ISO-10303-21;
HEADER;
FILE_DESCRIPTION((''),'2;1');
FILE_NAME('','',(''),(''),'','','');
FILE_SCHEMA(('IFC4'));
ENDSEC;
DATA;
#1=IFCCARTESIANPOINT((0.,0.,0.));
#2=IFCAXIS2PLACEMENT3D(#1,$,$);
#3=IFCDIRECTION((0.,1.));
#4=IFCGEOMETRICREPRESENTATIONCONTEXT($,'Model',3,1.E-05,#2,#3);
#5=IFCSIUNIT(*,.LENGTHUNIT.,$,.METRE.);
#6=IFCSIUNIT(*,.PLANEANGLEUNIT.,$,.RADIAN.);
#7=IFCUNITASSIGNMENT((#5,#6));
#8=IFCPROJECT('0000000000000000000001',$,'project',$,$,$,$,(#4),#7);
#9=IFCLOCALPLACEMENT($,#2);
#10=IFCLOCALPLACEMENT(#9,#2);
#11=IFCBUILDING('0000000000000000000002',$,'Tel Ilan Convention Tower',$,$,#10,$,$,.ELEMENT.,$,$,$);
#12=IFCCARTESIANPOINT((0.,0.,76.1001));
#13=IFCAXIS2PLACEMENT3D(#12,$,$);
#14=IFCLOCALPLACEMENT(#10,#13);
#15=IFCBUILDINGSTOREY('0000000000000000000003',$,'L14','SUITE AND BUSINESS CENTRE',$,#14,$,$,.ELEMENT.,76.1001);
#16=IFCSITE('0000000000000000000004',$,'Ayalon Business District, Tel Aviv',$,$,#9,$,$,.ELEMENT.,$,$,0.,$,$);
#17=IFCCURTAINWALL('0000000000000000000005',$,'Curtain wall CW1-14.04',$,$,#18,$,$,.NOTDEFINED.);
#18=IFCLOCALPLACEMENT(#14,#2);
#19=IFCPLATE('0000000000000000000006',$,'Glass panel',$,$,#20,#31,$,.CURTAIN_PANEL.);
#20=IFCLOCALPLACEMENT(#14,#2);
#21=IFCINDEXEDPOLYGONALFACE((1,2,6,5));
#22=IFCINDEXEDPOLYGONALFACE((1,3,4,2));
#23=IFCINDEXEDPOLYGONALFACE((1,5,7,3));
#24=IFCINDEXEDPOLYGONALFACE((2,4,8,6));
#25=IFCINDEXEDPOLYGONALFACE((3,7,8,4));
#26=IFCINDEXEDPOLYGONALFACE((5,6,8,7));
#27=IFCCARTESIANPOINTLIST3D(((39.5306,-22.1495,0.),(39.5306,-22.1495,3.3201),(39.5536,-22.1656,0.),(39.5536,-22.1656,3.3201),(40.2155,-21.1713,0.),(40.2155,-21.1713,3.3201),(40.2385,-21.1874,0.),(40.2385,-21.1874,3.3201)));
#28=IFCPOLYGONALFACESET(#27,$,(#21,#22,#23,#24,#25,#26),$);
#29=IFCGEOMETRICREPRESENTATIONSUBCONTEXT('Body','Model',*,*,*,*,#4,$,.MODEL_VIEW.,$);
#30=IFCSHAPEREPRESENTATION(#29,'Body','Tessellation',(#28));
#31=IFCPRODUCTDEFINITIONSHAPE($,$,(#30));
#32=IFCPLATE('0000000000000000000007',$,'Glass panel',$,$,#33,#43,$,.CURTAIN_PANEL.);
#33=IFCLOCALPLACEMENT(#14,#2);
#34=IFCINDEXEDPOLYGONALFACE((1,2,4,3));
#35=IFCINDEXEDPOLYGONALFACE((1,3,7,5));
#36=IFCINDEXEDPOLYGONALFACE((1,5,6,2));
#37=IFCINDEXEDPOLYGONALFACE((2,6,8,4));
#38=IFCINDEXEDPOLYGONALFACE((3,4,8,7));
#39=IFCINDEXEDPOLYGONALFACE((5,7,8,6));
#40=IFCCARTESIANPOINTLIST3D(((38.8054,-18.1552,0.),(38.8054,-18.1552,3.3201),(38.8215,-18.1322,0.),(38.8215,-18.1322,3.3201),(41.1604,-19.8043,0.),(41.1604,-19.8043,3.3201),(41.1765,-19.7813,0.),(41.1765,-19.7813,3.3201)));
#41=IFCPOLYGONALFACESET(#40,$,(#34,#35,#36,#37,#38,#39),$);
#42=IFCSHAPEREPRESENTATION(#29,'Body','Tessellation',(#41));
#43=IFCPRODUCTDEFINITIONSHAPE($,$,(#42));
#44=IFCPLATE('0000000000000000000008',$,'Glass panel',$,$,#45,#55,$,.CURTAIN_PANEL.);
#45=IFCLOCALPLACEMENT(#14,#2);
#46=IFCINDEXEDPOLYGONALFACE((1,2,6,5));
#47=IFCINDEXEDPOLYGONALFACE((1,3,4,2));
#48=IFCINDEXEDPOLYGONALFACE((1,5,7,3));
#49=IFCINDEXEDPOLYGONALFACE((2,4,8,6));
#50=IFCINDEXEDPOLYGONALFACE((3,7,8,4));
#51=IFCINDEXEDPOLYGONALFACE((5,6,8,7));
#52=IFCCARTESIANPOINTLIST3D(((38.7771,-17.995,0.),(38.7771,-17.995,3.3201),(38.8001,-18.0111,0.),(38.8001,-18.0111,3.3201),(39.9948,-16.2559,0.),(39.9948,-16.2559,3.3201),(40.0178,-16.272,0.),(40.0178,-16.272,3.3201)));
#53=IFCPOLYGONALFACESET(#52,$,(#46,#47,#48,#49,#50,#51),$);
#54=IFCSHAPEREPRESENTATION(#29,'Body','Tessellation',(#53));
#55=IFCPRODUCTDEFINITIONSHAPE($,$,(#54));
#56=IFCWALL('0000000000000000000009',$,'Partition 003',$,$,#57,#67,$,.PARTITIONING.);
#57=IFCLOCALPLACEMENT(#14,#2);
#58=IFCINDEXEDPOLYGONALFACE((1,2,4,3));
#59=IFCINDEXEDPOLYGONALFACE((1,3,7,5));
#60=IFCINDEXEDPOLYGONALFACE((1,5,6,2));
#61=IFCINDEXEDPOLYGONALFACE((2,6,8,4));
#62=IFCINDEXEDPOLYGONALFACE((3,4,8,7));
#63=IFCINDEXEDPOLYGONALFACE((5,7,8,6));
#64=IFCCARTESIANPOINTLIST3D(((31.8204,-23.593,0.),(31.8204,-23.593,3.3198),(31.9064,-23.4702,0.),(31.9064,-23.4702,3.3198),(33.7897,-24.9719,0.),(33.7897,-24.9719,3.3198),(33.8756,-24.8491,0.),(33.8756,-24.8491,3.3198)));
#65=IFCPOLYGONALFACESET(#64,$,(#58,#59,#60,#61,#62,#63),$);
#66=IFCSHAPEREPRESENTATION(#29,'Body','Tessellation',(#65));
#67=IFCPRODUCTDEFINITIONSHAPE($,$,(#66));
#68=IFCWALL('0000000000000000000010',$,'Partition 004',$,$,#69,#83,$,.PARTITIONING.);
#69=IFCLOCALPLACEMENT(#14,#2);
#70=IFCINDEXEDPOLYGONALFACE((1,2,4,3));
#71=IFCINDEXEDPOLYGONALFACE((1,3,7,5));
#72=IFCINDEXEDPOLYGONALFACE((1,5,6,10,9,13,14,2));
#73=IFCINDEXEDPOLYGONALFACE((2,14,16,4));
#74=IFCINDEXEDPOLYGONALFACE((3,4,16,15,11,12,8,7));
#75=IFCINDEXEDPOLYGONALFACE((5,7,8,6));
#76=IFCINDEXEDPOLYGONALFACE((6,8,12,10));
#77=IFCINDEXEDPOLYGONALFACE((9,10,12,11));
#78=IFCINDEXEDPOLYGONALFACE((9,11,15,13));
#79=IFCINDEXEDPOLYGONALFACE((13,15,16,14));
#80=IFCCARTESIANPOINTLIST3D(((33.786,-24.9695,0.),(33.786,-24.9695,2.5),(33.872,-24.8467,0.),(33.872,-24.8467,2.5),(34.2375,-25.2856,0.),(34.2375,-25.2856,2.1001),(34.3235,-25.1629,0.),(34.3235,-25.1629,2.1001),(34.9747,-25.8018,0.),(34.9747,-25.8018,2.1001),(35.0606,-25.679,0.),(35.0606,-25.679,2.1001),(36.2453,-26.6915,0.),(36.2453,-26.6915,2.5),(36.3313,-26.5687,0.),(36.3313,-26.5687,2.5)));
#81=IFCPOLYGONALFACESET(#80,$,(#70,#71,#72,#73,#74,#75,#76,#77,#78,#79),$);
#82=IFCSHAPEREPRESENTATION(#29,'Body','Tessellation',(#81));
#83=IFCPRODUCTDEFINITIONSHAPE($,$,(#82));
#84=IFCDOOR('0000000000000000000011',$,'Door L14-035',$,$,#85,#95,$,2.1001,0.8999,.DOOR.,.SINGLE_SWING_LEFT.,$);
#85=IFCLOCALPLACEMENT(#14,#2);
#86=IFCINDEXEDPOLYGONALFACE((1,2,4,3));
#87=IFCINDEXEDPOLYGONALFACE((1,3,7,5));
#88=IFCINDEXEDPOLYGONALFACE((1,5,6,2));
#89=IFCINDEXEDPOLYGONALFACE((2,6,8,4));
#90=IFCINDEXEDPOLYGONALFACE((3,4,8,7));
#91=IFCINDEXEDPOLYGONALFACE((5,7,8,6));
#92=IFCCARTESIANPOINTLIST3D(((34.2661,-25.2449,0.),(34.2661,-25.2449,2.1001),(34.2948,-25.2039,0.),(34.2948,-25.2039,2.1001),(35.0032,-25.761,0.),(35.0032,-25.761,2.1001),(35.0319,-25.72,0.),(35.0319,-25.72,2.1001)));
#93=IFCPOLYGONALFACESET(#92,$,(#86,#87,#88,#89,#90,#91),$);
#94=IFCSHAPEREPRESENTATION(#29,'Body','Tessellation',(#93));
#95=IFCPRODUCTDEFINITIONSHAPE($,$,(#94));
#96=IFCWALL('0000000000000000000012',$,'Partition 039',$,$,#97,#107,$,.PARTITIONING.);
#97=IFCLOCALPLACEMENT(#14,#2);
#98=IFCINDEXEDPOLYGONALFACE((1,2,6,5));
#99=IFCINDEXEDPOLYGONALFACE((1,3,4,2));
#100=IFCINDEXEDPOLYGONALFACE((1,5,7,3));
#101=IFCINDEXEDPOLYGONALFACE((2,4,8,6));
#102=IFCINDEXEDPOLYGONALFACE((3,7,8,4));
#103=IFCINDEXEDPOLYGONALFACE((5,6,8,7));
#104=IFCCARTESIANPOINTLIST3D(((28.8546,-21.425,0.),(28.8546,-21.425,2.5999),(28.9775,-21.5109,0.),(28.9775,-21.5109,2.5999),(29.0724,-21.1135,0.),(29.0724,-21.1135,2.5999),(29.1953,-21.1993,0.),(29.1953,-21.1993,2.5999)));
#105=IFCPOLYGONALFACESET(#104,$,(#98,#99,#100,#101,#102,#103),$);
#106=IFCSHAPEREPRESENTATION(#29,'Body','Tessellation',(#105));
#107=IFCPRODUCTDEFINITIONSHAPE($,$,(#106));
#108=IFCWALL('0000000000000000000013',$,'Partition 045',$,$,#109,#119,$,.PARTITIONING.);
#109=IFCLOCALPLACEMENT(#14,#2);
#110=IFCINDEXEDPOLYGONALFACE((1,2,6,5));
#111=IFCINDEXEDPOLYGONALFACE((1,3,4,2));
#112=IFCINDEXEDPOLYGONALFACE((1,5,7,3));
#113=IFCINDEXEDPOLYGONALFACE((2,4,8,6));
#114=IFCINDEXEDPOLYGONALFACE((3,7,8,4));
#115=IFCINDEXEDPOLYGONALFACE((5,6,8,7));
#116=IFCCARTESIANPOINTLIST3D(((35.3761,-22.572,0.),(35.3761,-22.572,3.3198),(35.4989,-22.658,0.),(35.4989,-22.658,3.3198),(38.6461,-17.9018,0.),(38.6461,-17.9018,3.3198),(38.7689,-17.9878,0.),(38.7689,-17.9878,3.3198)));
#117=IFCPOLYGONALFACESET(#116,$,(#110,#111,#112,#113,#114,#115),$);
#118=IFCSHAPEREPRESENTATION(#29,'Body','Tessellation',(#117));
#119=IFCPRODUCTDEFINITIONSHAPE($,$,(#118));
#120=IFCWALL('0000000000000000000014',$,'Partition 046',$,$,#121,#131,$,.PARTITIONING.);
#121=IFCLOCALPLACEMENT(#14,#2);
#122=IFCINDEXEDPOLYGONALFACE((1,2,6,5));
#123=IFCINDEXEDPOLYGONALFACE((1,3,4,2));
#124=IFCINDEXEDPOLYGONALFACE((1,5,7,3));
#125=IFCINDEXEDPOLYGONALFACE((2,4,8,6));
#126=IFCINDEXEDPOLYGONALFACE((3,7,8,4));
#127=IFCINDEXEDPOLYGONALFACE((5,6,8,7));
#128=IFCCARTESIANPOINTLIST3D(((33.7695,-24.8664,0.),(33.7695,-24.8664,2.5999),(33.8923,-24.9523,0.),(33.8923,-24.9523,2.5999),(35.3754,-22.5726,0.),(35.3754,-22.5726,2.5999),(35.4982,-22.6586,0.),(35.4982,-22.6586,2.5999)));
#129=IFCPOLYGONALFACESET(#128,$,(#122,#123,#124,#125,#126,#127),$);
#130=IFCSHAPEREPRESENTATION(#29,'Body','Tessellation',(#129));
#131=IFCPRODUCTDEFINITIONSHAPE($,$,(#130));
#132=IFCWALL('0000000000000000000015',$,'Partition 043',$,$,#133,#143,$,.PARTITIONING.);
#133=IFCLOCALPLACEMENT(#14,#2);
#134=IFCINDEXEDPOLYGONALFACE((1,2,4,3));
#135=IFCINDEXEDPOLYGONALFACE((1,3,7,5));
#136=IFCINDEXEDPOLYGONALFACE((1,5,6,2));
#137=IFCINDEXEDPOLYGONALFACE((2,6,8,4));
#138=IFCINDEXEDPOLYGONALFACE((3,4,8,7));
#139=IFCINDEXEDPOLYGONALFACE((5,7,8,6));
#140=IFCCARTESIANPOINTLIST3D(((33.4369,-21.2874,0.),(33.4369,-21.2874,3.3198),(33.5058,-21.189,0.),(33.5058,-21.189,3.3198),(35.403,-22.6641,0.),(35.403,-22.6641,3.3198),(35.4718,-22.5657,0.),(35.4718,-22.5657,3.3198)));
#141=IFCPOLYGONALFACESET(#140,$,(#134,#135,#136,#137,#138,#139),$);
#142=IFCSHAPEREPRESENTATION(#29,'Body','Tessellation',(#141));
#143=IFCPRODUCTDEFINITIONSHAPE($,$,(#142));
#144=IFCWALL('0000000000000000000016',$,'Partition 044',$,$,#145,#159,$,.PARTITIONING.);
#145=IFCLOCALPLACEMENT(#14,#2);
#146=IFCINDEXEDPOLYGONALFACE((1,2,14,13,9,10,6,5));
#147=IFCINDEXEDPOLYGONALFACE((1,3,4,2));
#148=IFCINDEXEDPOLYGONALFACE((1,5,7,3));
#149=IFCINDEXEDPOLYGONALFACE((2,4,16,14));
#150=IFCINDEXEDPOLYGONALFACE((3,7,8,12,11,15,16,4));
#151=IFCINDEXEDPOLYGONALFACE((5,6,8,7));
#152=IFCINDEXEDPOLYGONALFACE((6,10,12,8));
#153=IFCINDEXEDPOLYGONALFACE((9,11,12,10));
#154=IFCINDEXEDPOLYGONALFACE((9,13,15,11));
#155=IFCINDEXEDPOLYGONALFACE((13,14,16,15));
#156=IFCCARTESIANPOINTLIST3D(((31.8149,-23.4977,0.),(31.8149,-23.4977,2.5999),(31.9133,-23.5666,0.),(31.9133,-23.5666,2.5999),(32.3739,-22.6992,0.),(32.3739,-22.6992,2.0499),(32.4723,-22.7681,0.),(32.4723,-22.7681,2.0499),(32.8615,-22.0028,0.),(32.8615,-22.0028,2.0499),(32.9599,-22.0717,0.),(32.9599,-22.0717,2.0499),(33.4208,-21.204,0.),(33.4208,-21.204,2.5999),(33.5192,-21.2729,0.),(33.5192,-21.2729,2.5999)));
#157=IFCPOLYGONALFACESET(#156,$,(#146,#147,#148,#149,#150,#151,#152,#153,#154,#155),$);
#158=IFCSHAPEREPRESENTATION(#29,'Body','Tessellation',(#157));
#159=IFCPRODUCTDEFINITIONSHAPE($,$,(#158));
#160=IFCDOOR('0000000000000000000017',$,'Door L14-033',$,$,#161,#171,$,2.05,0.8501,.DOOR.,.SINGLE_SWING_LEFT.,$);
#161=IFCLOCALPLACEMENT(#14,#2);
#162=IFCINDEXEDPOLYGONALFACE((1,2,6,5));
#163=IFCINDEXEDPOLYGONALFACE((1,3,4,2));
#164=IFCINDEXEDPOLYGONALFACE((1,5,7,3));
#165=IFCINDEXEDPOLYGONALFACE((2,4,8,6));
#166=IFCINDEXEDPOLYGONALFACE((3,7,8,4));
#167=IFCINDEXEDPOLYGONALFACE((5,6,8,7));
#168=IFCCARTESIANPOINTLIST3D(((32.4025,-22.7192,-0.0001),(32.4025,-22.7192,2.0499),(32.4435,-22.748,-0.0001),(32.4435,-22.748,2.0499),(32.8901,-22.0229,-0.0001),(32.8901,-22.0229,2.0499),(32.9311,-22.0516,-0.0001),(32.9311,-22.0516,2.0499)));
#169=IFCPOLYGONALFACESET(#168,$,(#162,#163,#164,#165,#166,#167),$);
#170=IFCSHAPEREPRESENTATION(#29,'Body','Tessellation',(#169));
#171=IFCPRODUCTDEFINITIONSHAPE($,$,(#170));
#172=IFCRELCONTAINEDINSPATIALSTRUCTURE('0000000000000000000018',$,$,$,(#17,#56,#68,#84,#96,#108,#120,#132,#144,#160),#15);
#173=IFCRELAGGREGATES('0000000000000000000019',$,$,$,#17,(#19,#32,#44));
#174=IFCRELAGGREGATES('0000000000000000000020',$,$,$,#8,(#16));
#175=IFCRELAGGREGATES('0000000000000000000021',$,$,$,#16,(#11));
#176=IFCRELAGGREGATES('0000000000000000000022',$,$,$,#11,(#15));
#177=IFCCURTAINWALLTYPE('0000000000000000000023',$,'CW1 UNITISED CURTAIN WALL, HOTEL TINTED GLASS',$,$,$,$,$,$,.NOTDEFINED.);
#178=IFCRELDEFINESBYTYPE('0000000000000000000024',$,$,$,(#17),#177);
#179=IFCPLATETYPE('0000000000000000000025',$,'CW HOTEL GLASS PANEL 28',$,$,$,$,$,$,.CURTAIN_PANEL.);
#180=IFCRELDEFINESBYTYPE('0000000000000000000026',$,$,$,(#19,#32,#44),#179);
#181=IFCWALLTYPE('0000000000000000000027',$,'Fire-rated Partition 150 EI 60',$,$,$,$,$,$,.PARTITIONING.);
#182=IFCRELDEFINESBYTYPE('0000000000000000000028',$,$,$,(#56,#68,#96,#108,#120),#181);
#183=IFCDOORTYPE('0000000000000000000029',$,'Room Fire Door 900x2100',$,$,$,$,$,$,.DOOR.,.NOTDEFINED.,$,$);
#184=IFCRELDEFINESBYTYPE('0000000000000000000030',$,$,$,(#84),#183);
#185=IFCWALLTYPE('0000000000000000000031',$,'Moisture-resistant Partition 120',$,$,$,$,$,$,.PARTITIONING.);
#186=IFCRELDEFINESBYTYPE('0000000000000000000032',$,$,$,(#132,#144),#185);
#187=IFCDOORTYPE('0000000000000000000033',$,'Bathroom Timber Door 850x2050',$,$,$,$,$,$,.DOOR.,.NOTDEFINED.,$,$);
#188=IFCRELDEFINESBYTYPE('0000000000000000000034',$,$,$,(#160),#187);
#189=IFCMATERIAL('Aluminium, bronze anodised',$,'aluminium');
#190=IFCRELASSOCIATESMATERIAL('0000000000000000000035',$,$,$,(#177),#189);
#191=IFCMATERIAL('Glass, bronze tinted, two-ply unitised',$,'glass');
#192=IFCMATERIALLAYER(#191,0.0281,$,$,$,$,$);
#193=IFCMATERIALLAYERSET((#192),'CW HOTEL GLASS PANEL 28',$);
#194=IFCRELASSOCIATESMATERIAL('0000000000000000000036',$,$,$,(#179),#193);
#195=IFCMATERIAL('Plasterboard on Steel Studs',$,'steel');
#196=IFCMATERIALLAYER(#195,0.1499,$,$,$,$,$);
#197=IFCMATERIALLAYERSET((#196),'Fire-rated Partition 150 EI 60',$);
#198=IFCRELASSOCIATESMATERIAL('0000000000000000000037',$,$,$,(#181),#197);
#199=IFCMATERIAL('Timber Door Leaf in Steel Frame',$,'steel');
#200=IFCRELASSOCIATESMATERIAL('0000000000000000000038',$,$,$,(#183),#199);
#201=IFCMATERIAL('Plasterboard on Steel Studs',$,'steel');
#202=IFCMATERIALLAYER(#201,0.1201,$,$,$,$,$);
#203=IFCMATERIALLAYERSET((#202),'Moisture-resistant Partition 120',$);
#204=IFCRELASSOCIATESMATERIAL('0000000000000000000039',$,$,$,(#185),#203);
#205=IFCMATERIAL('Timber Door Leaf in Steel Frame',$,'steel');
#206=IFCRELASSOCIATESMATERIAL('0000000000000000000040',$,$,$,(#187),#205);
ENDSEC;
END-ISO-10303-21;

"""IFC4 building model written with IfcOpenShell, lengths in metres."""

from ifc_helpers import new_model, si_unit, direction, frame, frame_2d, origin, origin_2d, place, context, subcontext, project, spatial, rectangle, extrude, material, layer, layer_set, type_object, element, fill, aggregate, save


model = new_model("IFC4")

# Units and contexts
model_context = context("Model", 3, precision=1e-05, world=origin(), true_north=direction((0.0, 1.0)))
body_context = subcontext(model_context, "Body", "Model", "MODEL_VIEW")
ifc_project = project(units=[si_unit("LENGTHUNIT", "METRE"), si_unit("PLANEANGLEUNIT", "RADIAN")], contexts=[model_context])

# Site, building, storey
site_placement = place(None, origin())
site = spatial("IfcSite", under=ifc_project, at=site_placement, Name="Ayalon Business District, Tel Aviv", CompositionType="ELEMENT", RefElevation=0.0)
building_placement = place(site_placement, origin())
building = spatial("IfcBuilding", under=site, at=building_placement, Name="Tel Ilan Convention Tower", CompositionType="ELEMENT")
storey_placement = place(building_placement, frame((0.0, 0.0, 76.1001)))
storey = spatial("IfcBuildingStorey", under=building, at=storey_placement, Name="L14", Description="SUITE AND BUSINESS CENTRE", CompositionType="ELEMENT", Elevation=76.1001)

# Curtain wall
ifc_material_1 = material(Name="Aluminium, bronze anodised", Category="aluminium")
curtain_wall_type = type_object("IfcCurtainWallType", Name="CW1 UNITISED CURTAIN WALL, HOTEL TINTED GLASS", PredefinedType="NOTDEFINED", material=ifc_material_1)
curtain_wall_1_placement = place(storey_placement, origin())
curtain_wall_1 = element("IfcCurtainWall", 1, at=curtain_wall_1_placement, inside=storey, type_object=curtain_wall_type, Name="Curtain wall CW1-14.04", PredefinedType="NOTDEFINED")

# Plates
ifc_material_2 = material(Name="Glass, bronze tinted, two-ply unitised", Category="glass")
ifc_layer_1 = layer(ifc_material_2, 0.0281)
ifc_layer_set_1 = layer_set([ifc_layer_1], Name="CW HOTEL GLASS PANEL 28")
plate_type = type_object("IfcPlateType", Name="CW HOTEL GLASS PANEL 28", PredefinedType="CURTAIN_PANEL", material=ifc_layer_set_1)
plate_1_placement = place(storey_placement, frame((39.8845, -21.6685, 0.0), z_axis=(0.0, 0.0, 1.0), x_axis=(0.573576, 0.819152, 0.0)))
plate_1 = element("IfcPlate", 2, at=plate_1_placement, type_object=plate_type, Name="Glass panel", PredefinedType="CURTAIN_PANEL", context=body_context, shape_type="SweptSolid", body=[
    extrude(rectangle(XDim=1.1941, YDim=0.0281, at=origin_2d()), origin(), (0.0, 0.0, 1.0), 3.3201),
])
plate_2_placement = place(storey_placement, frame((39.991, -18.9683, 0.0), z_axis=(0.0, 0.0, 1.0), x_axis=(-0.819152, 0.573576, 0.0)))
plate_2 = element("IfcPlate", 3, at=plate_2_placement, type_object=plate_type, Name="Glass panel", PredefinedType="CURTAIN_PANEL", context=body_context, shape_type="SweptSolid", body=[
    extrude(rectangle(XDim=2.875, YDim=0.0281, at=origin_2d()), origin(), (0.0, 0.0, 1.0), 3.3201),
])
plate_3_placement = place(storey_placement, frame((39.3975, -17.1335, 0.0), z_axis=(0.0, 0.0, 1.0), x_axis=(0.573576, 0.819152, 0.0)))
plate_3 = element("IfcPlate", 4, at=plate_3_placement, type_object=plate_type, Name="Glass panel", PredefinedType="CURTAIN_PANEL", context=body_context, shape_type="SweptSolid", body=[
    extrude(rectangle(XDim=2.123, YDim=0.0281, at=origin_2d()), origin(), (0.0, 0.0, 1.0), 3.3201),
])
aggregate(curtain_wall_1, [plate_1, plate_2, plate_3])

# Wall
ifc_material_3 = material(Name="Plasterboard on Steel Studs", Category="steel")
ifc_layer_2 = layer(ifc_material_3, 0.1499)
ifc_layer_set_2 = layer_set([ifc_layer_2], Name="Fire-rated Partition 150 EI 60")
wall_type_1 = type_object("IfcWallType", Name="Fire-rated Partition 150 EI 60", PredefinedType="PARTITIONING", material=ifc_layer_set_2)
wall_1_placement = place(storey_placement, frame((31.8633, -23.5315, 0.0), z_axis=(0.0, 0.0, 1.0), x_axis=(0.819146, -0.573585, 0.0)))
element("IfcWall", 5, at=wall_1_placement, inside=storey, type_object=wall_type_1, Name="Partition 003", PredefinedType="PARTITIONING", context=body_context, shape_type="SweptSolid", body=[
    extrude(rectangle(XDim=2.4041, YDim=0.1499, at=frame_2d((1.2021, 0.0))), origin(), (0.0, 0.0, 1.0), 3.3198),
])

# Wall, opening, door
wall_2_placement = place(storey_placement, frame((33.8291, -24.9082, 0.0), z_axis=(0.0, 0.0, 1.0), x_axis=(0.819159, -0.573566, 0.0)))
wall_2 = element("IfcWall", 6, at=wall_2_placement, inside=storey, type_object=wall_type_1, Name="Partition 004", PredefinedType="PARTITIONING", context=body_context, shape_type="SweptSolid", body=[
    extrude(rectangle(XDim=3.0022, YDim=0.1499, at=frame_2d((1.501, 0.0))), origin(), (0.0, 0.0, 1.0), 2.5),
])
opening_1_placement = place(wall_2_placement, frame((0.551, 0.0, 0.0)))
opening_1 = element("IfcOpeningElement", 7, at=opening_1_placement, cuts=wall_2, PredefinedType="OPENING", context=body_context, shape_type="SweptSolid", body=[
    extrude(rectangle(XDim=0.8999, YDim=2.1001, at=frame_2d((0.45, 1.05))), frame((0.0, 0.085, 0.0), z_axis=(0.0, -1.0, 0.0), x_axis=(1.0, 0.0, 0.0)), (0.0, 0.0, 1.0), 0.1699),
])
ifc_material_4 = material(Name="Timber Door Leaf in Steel Frame", Category="steel")
door_type_1 = type_object("IfcDoorType", Name="Room Fire Door 900x2100", OperationType="NOTDEFINED", PredefinedType="DOOR", material=ifc_material_4)
door_1_placement = place(opening_1_placement, origin())
door_1 = element("IfcDoor", 8, at=door_1_placement, inside=storey, type_object=door_type_1, Name="Door L14-035", OperationType="SINGLE_SWING_LEFT", OverallHeight=2.1001, OverallWidth=0.8999, PredefinedType="DOOR", context=body_context, shape_type="SweptSolid", body=[
    extrude(rectangle(XDim=0.8999, YDim=2.1001, at=frame_2d((0.45, 1.05))), frame((0.0, 0.0249, 0.0), z_axis=(0.0, -1.0, 0.0), x_axis=(1.0, 0.0, 0.0)), (0.0, 0.0, 1.0), 0.05),
])
fill(opening_1, door_1)

# Walls
wall_3_placement = place(storey_placement, frame((29.1338, -21.1565, 0.0), z_axis=(0.0, 0.0, 1.0), x_axis=(-0.572945, -0.819594, 0.0)))
element("IfcWall", 9, at=wall_3_placement, inside=storey, type_object=wall_type_1, Name="Partition 039", PredefinedType="PARTITIONING", context=body_context, shape_type="SweptSolid", body=[
    extrude(rectangle(XDim=0.3801, YDim=0.1499, at=frame_2d((0.1899, 0.0))), origin(), (0.0, 0.0, 1.0), 2.5999),
])
wall_4_placement = place(storey_placement, frame((38.7075, -17.9448, 0.0), z_axis=(0.0, 0.0, 1.0), x_axis=(-0.573569, -0.819157, 0.0)))
element("IfcWall", 10, at=wall_4_placement, inside=storey, type_object=wall_type_1, Name="Partition 045", PredefinedType="PARTITIONING", context=body_context, shape_type="SweptSolid", body=[
    extrude(rectangle(XDim=5.7012, YDim=0.1499, at=frame_2d((2.8506, 0.0))), origin(), (0.0, 0.0, 1.0), 3.3198),
])
wall_5_placement = place(storey_placement, frame((35.4368, -22.6157, 0.0), z_axis=(0.0, 0.0, 1.0), x_axis=(-0.57355, -0.81917, 0.0)))
element("IfcWall", 11, at=wall_5_placement, inside=storey, type_object=wall_type_1, Name="Partition 046", PredefinedType="PARTITIONING", context=body_context, shape_type="SweptSolid", body=[
    extrude(rectangle(XDim=2.8, YDim=0.1499, at=frame_2d((1.3999, 0.0))), origin(), (0.0, 0.0, 1.0), 2.5999),
])
ifc_material_5 = material(Name="Plasterboard on Steel Studs", Category="steel")
ifc_layer_3 = layer(ifc_material_5, 0.1201)
ifc_layer_set_3 = layer_set([ifc_layer_3], Name="Moisture-resistant Partition 120")
wall_type_2 = type_object("IfcWallType", Name="Moisture-resistant Partition 120", PredefinedType="PARTITIONING", material=ifc_layer_set_3)
wall_6_placement = place(storey_placement, frame((35.4375, -22.615, 0.0), z_axis=(0.0, 0.0, 1.0), x_axis=(-0.819141, 0.573592, 0.0)))
element("IfcWall", 12, at=wall_6_placement, inside=storey, type_object=wall_type_2, Name="Partition 043", PredefinedType="PARTITIONING", context=body_context, shape_type="SweptSolid", body=[
    extrude(rectangle(XDim=2.4001, YDim=0.1201, at=frame_2d((1.2002, 0.0))), origin(), (0.0, 0.0, 1.0), 3.3198),
])

# Wall, opening, door
wall_7_placement = place(storey_placement, frame((33.47, -21.2385, 0.0), z_axis=(0.0, 0.0, 1.0), x_axis=(-0.57355, -0.81917, 0.0)))
wall_7 = element("IfcWall", 13, at=wall_7_placement, inside=storey, type_object=wall_type_2, Name="Partition 044", PredefinedType="PARTITIONING", context=body_context, shape_type="SweptSolid", body=[
    extrude(rectangle(XDim=2.8, YDim=0.1201, at=frame_2d((1.3999, 0.0))), origin(), (0.0, 0.0, 1.0), 2.5999),
])
opening_2_placement = place(wall_7_placement, frame((0.9751, 0.0, 0.0)))
opening_2 = element("IfcOpeningElement", 14, at=opening_2_placement, cuts=wall_7, PredefinedType="OPENING", context=body_context, shape_type="SweptSolid", body=[
    extrude(rectangle(XDim=0.8501, YDim=2.05, at=frame_2d((0.425, 1.0249))), frame((0.0, 0.0701, 0.0), z_axis=(0.0, -1.0, 0.0), x_axis=(1.0, 0.0, 0.0)), (0.0, 0.0, 1.0), 0.1401),
])
ifc_material_6 = material(Name="Timber Door Leaf in Steel Frame", Category="steel")
door_type_2 = type_object("IfcDoorType", Name="Bathroom Timber Door 850x2050", OperationType="NOTDEFINED", PredefinedType="DOOR", material=ifc_material_6)
door_2_placement = place(opening_2_placement, origin())
door_2 = element("IfcDoor", 15, at=door_2_placement, inside=storey, type_object=door_type_2, Name="Door L14-033", OperationType="SINGLE_SWING_LEFT", OverallHeight=2.05, OverallWidth=0.8501, PredefinedType="DOOR", context=body_context, shape_type="SweptSolid", body=[
    extrude(rectangle(XDim=0.8501, YDim=2.05, at=frame_2d((0.425, 1.0249))), frame((0.0, 0.0249, 0.0), z_axis=(0.0, -1.0, 0.0), x_axis=(1.0, 0.0, 0.0)), (0.0, 0.0, 1.0), 0.05),
])
fill(opening_2, door_2)

save(model, "model.ifc")
